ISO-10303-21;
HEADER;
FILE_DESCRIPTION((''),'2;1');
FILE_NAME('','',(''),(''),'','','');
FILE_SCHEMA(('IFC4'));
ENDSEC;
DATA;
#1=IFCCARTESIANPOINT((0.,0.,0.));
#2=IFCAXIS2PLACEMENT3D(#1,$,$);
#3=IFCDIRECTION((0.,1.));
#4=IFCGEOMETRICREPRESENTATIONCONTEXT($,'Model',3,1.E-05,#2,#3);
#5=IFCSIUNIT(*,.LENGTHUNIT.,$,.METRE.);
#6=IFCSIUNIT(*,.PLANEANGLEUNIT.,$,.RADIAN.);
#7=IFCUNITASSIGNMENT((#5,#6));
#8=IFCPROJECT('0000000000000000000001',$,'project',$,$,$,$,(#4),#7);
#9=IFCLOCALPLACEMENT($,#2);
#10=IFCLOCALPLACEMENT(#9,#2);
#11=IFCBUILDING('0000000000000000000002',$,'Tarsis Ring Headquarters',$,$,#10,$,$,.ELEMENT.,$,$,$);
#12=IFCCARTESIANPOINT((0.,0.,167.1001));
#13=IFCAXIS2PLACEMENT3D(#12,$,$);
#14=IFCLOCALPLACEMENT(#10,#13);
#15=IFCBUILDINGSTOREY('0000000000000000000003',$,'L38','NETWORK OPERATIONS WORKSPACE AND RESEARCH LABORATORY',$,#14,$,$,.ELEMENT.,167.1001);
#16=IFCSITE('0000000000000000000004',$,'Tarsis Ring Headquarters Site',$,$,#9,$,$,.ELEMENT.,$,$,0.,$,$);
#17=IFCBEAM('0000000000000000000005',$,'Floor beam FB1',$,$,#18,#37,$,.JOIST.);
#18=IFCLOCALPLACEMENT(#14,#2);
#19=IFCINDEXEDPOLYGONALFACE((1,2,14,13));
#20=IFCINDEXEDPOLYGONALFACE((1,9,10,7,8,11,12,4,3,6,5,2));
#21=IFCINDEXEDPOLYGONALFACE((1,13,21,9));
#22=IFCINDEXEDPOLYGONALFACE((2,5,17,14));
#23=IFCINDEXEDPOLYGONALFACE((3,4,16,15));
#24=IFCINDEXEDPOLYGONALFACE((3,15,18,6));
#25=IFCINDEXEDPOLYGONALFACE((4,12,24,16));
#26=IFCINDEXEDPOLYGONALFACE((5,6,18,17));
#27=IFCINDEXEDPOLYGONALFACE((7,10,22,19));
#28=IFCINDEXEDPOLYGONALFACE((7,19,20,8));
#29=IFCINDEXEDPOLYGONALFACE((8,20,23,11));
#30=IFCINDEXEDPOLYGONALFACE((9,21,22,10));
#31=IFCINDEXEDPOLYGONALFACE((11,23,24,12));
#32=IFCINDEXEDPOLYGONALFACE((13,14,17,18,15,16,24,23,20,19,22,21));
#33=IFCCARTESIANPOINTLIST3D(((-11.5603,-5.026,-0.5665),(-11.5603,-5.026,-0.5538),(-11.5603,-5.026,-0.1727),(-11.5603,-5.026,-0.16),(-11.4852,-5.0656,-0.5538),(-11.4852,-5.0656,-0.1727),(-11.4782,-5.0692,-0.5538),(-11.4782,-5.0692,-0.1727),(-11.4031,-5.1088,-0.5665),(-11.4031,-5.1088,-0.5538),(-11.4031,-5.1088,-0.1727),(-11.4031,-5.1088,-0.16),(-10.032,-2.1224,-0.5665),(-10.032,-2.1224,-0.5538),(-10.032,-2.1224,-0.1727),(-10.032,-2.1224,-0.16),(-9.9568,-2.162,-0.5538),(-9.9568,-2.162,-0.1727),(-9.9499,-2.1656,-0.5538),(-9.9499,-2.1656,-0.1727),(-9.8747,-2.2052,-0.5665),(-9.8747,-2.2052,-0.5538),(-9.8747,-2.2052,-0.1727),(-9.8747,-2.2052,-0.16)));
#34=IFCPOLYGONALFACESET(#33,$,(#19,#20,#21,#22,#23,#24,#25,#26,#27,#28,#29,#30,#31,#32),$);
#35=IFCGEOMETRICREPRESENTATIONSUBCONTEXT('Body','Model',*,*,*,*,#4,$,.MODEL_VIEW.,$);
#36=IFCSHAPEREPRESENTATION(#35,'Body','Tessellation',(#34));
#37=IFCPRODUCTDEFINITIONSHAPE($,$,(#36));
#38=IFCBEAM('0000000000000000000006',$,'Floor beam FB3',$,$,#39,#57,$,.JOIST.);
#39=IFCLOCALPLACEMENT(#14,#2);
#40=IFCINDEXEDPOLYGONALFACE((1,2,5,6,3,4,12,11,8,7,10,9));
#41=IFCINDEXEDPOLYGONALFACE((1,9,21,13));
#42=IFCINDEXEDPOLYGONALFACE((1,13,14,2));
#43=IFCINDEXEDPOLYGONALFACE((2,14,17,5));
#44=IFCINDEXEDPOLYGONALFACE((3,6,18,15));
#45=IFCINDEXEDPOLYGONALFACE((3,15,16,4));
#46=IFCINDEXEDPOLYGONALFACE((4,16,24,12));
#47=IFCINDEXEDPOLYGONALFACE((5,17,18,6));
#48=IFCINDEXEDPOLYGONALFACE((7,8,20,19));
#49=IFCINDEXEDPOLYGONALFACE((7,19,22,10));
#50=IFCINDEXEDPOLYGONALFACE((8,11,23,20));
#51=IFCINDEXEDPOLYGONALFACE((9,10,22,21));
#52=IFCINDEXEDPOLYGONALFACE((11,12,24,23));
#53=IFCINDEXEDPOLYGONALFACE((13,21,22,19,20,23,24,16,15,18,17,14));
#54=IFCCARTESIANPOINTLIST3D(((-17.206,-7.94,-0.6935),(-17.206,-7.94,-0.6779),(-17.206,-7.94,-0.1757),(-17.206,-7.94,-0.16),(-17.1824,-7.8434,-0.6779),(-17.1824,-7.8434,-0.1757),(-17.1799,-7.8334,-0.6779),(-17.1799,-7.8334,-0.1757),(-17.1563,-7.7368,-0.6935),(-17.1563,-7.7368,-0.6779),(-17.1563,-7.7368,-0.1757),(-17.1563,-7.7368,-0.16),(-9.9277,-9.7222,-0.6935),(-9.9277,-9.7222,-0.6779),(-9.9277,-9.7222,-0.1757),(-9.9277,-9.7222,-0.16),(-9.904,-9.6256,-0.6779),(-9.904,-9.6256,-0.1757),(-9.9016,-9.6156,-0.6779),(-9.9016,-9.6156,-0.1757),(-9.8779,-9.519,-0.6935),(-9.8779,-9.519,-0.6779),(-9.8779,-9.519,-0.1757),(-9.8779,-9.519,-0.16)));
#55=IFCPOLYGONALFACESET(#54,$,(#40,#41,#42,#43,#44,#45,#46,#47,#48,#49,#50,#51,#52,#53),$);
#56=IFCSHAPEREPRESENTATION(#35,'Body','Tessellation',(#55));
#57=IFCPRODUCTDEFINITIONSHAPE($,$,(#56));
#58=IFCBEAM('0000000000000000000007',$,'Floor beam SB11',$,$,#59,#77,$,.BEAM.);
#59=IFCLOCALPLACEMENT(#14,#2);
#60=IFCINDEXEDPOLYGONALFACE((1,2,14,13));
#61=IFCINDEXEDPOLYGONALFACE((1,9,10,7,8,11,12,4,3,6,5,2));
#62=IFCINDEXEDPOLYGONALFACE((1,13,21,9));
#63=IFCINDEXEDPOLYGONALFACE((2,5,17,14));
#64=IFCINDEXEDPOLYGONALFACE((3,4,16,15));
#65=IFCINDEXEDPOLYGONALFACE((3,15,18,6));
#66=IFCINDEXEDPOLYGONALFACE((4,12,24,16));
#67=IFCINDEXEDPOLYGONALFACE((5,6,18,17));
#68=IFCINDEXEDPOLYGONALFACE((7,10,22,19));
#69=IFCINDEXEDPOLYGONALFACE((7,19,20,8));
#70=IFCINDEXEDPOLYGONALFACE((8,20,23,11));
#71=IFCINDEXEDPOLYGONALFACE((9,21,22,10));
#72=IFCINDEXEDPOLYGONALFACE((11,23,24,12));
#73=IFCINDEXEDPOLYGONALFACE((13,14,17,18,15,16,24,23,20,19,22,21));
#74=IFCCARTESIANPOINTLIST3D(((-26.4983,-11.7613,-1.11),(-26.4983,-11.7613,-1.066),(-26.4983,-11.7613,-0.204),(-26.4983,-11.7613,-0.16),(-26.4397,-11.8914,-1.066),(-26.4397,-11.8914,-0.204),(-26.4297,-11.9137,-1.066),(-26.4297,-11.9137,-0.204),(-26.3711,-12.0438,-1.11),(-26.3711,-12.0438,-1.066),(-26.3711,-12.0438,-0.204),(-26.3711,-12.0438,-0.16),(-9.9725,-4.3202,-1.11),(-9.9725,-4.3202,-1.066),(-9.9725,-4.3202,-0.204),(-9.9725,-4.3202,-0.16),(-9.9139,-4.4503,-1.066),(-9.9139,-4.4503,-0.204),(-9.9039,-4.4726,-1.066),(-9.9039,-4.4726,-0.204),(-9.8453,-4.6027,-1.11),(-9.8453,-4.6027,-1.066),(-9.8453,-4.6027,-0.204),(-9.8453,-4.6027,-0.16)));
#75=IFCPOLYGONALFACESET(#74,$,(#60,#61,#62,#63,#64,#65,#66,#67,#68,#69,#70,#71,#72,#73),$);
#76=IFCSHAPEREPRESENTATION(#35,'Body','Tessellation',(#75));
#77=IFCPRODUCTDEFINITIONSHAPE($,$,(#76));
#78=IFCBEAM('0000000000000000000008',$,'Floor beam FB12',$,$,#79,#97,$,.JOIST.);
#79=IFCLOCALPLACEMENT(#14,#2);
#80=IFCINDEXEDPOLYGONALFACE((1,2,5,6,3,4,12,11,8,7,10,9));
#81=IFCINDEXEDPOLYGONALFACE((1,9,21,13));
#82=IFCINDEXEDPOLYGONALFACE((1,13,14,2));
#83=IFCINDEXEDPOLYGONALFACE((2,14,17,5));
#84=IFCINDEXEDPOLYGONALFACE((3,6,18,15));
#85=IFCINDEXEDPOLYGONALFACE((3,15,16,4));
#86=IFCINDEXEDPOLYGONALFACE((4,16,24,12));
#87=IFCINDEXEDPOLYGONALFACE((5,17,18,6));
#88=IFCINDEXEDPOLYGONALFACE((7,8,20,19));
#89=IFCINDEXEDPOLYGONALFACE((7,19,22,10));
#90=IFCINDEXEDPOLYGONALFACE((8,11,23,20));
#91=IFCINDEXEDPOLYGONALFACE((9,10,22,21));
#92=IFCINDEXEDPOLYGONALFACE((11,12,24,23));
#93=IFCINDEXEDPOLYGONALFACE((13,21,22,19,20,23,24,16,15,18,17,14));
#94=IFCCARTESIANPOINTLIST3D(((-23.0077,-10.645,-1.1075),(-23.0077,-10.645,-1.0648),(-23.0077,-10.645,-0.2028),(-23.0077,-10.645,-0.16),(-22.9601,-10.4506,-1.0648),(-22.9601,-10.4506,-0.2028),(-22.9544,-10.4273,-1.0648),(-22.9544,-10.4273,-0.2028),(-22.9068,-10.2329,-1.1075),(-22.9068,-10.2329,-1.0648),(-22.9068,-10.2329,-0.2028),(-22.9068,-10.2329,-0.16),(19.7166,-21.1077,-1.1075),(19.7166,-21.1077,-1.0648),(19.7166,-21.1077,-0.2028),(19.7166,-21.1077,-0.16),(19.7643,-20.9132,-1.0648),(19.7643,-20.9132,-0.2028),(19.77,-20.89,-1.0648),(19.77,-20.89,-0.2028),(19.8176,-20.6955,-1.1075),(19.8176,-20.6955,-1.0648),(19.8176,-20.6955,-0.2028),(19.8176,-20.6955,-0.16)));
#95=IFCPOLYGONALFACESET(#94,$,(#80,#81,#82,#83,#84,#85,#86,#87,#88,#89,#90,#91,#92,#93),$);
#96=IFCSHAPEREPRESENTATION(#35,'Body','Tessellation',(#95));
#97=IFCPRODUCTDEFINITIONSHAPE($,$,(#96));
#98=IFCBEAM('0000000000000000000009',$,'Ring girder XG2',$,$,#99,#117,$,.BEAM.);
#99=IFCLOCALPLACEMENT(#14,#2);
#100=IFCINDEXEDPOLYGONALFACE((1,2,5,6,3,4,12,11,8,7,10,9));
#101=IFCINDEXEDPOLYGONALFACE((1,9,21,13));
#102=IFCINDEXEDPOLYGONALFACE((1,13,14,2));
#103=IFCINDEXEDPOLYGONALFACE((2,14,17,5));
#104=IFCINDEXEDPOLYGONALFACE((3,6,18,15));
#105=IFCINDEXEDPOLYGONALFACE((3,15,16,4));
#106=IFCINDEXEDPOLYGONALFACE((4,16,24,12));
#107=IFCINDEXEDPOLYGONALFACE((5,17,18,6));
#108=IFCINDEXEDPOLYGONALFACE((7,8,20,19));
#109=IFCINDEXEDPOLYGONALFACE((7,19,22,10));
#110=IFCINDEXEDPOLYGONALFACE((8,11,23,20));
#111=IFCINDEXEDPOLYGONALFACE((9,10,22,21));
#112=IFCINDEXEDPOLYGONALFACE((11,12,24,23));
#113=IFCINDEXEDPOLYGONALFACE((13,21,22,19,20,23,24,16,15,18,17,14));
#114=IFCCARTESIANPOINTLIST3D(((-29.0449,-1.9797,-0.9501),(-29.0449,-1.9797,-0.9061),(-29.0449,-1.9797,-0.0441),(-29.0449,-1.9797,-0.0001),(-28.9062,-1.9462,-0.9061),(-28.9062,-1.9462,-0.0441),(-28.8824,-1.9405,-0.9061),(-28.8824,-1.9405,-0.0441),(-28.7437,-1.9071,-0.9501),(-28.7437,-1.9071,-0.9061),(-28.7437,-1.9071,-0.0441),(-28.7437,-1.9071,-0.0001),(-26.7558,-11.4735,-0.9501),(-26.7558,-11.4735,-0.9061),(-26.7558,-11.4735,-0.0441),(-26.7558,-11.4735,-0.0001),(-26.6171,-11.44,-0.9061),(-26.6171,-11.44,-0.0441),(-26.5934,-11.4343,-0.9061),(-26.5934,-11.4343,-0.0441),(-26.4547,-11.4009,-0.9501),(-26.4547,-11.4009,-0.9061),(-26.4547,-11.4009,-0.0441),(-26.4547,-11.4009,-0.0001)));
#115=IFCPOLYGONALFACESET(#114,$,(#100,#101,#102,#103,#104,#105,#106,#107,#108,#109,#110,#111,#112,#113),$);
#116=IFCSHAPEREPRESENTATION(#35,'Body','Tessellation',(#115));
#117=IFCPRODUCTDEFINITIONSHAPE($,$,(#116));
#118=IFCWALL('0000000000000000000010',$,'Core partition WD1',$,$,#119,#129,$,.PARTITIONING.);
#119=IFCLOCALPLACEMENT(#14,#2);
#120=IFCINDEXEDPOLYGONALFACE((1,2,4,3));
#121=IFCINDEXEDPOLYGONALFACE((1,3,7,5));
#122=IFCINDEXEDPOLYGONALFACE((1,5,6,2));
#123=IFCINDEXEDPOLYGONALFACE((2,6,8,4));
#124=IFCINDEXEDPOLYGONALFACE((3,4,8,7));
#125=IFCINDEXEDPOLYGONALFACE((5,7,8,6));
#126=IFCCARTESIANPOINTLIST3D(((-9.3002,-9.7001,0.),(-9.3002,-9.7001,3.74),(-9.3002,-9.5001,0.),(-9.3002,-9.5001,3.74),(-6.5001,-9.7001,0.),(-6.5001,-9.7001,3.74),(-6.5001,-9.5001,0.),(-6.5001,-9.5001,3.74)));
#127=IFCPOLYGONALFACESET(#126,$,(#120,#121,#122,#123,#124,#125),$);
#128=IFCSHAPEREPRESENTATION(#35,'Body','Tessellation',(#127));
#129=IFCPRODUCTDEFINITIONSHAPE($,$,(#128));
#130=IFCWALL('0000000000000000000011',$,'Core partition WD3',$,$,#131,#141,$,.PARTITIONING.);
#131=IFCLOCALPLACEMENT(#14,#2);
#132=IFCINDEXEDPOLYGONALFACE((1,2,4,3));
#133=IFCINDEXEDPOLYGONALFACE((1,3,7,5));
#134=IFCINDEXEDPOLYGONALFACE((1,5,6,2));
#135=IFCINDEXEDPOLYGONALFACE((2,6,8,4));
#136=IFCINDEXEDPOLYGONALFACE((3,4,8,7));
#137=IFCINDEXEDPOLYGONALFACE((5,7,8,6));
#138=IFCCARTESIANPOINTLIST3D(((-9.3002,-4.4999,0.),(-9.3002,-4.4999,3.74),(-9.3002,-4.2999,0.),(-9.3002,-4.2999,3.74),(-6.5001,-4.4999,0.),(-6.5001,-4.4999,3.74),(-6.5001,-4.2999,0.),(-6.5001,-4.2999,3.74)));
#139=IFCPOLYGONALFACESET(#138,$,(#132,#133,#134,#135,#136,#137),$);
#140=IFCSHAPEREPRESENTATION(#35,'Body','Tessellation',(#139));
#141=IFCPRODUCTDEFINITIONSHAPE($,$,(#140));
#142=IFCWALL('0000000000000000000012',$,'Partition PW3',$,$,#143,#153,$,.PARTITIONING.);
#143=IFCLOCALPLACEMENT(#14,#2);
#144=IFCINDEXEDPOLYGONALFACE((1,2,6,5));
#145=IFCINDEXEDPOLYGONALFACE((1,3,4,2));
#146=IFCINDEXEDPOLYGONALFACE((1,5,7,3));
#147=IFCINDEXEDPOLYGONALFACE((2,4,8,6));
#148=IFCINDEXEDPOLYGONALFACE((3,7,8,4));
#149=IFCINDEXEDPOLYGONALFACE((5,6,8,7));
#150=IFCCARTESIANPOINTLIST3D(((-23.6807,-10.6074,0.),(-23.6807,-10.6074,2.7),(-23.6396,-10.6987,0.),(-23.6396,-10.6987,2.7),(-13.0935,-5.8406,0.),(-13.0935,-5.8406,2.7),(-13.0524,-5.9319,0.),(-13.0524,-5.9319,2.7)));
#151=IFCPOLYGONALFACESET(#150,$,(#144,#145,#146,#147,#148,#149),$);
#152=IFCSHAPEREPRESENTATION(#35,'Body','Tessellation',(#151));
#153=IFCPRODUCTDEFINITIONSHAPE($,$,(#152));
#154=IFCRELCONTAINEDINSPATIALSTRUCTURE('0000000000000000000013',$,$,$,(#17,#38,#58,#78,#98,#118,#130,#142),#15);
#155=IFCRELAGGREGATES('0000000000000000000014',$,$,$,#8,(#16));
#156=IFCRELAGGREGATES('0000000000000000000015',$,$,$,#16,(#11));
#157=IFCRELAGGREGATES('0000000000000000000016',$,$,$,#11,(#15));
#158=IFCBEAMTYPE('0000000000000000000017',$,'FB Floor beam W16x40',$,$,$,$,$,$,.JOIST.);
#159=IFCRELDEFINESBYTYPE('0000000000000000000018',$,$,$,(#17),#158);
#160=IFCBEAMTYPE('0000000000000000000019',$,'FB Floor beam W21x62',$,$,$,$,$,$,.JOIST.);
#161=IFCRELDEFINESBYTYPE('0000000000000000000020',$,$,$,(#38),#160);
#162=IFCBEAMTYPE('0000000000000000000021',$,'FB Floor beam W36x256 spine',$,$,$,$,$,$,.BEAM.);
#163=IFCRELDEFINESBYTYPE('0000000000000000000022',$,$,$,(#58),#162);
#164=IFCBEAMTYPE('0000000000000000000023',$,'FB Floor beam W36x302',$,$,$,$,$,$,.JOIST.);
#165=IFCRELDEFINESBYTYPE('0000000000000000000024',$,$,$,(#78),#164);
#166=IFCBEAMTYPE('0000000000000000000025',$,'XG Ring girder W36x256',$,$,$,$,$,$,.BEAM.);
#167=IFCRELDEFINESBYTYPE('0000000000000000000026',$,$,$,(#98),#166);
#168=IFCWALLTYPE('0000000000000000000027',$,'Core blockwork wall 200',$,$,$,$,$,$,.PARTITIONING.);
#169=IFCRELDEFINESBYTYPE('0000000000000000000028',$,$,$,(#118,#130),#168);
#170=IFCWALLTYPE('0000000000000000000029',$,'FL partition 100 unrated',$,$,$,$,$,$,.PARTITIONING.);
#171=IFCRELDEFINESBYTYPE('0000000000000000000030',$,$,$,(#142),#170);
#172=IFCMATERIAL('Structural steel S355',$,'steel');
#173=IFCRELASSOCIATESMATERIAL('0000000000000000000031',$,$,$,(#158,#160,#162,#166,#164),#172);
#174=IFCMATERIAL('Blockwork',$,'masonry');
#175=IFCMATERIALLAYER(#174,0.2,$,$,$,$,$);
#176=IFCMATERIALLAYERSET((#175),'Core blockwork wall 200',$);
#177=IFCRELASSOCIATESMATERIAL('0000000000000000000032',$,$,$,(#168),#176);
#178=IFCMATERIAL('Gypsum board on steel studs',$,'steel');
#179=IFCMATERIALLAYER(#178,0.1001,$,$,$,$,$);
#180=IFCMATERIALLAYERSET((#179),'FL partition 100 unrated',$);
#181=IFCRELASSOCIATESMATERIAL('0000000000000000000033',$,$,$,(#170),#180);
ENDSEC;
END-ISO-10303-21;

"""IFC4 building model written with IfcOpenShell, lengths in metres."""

from ifc_helpers import new_model, si_unit, direction, frame, frame_2d, origin, origin_2d, place, context, subcontext, project, spatial, rectangle, i_section, extrude, material, layer, layer_set, material_profile, profile_set, type_object, element, save


model = new_model("IFC4")

# Units and contexts
model_context = context("Model", 3, precision=1e-05, world=origin(), true_north=direction((0.0, 1.0)))
body_context = subcontext(model_context, "Body", "Model", "MODEL_VIEW")
ifc_project = project(units=[si_unit("LENGTHUNIT", "METRE"), si_unit("PLANEANGLEUNIT", "RADIAN")], contexts=[model_context])

# Site, building, storey
site_placement = place(None, origin())
site = spatial("IfcSite", under=ifc_project, at=site_placement, Name="Tarsis Ring Headquarters Site", CompositionType="ELEMENT", RefElevation=0.0)
building_placement = place(site_placement, origin())
building = spatial("IfcBuilding", under=site, at=building_placement, Name="Tarsis Ring Headquarters", CompositionType="ELEMENT")
storey_placement = place(building_placement, frame((0.0, 0.0, 167.1001)))
storey = spatial("IfcBuildingStorey", under=building, at=storey_placement, Name="L38", Description="NETWORK OPERATIONS WORKSPACE AND RESEARCH LABORATORY", CompositionType="ELEMENT", Elevation=167.1001)

# Shared definitions
ifc_material_1 = material(Name="Structural steel S355", Category="steel")

# Beams
ifc_material_profile_1 = material_profile(ifc_material_1, i_section(OverallWidth=0.1777, OverallDepth=0.4065, WebThickness=0.0078, FlangeThickness=0.0127, at=origin_2d()), Name="W16x40")
ifc_profile_set_1 = profile_set([ifc_material_profile_1], Name="Structural steel S355")
beam_type_1 = type_object("IfcBeamType", Name="FB Floor beam W16x40", PredefinedType="JOIST", material=ifc_profile_set_1)
beam_1_placement = place(storey_placement, frame((-9.9534, -2.1638, -0.3633), z_axis=(-0.465777, -0.884902, 0.0), x_axis=(0.884902, -0.465777, 0.0)))
element("IfcBeam", 1, at=beam_1_placement, inside=storey, type_object=beam_type_1, Name="Floor beam FB1", PredefinedType="JOIST", context=body_context, shape_type="SweptSolid", body=[
    extrude(i_section(OverallWidth=0.1777, OverallDepth=0.4065, WebThickness=0.0078, FlangeThickness=0.0127, at=origin_2d()), origin(), (0.0, 0.0, 1.0), 3.2812),
])
ifc_material_profile_2 = material_profile(ifc_material_1, i_section(OverallWidth=0.2092, OverallDepth=0.5334, WebThickness=0.0103, FlangeThickness=0.0156, at=origin_2d()), Name="W21x62")
ifc_profile_set_2 = profile_set([ifc_material_profile_2], Name="Structural steel S355")
beam_type_2 = type_object("IfcBeamType", Name="FB Floor beam W21x62", PredefinedType="JOIST", material=ifc_profile_set_2)
beam_2_placement = place(storey_placement, frame((-17.1812, -7.8384, -0.4268), z_axis=(0.971304, -0.237841, 0.0), x_axis=(0.237841, 0.971304, 0.0)))
element("IfcBeam", 2, at=beam_2_placement, inside=storey, type_object=beam_type_2, Name="Floor beam FB3", PredefinedType="JOIST", context=body_context, shape_type="SweptSolid", body=[
    extrude(i_section(OverallWidth=0.2092, OverallDepth=0.5334, WebThickness=0.0103, FlangeThickness=0.0156, at=origin_2d()), origin(), (0.0, 0.0, 1.0), 7.4934),
])
ifc_material_profile_3 = material_profile(ifc_material_1, i_section(OverallWidth=0.3098, OverallDepth=0.95, WebThickness=0.0244, FlangeThickness=0.0439, at=origin_2d()), Name="W36x256")
ifc_profile_set_3 = profile_set([ifc_material_profile_3], Name="Structural steel S355")
beam_type_3 = type_object("IfcBeamType", Name="FB Floor beam W36x256 spine", PredefinedType="BEAM", material=ifc_profile_set_3)
beam_3_placement = place(storey_placement, frame((-9.9089, -4.4614, -0.635), z_axis=(-0.911828, -0.410572, 0.0), x_axis=(0.410572, -0.911828, 0.0)))
element("IfcBeam", 3, at=beam_3_placement, inside=storey, type_object=beam_type_3, Name="Floor beam SB11", PredefinedType="BEAM", context=body_context, shape_type="SweptSolid", body=[
    extrude(i_section(OverallWidth=0.3098, OverallDepth=0.95, WebThickness=0.0244, FlangeThickness=0.0439, at=origin_2d()), origin(), (0.0, 0.0, 1.0), 18.1238),
])
ifc_material_profile_4 = material_profile(ifc_material_1, i_section(OverallWidth=0.4243, OverallDepth=0.9475, WebThickness=0.0239, FlangeThickness=0.0427, at=origin_2d()), Name="W36x302")
ifc_profile_set_4 = profile_set([ifc_material_profile_4], Name="Structural steel S355")
beam_type_4 = type_object("IfcBeamType", Name="FB Floor beam W36x302", PredefinedType="JOIST", material=ifc_profile_set_4)
beam_4_placement = place(storey_placement, frame((-22.9573, -10.439, -0.6338), z_axis=(0.9713, -0.237859, 0.0), x_axis=(0.237859, 0.9713, 0.0)))
element("IfcBeam", 4, at=beam_4_placement, inside=storey, type_object=beam_type_4, Name="Floor beam FB12", PredefinedType="JOIST", context=body_context, shape_type="SweptSolid", body=[
    extrude(i_section(OverallWidth=0.4243, OverallDepth=0.9475, WebThickness=0.0239, FlangeThickness=0.0427, at=origin_2d()), origin(), (0.0, 0.0, 1.0), 43.9868),
])
beam_type_5 = type_object("IfcBeamType", Name="XG Ring girder W36x256", PredefinedType="BEAM", material=ifc_profile_set_3)
beam_5_placement = place(storey_placement, frame((-28.8943, -1.9434, -0.4751), z_axis=(0.234392, -0.972142, 0.0), x_axis=(0.972142, 0.234392, 0.0)))
element("IfcBeam", 5, at=beam_5_placement, inside=storey, type_object=beam_type_5, Name="Ring girder XG2", PredefinedType="BEAM", context=body_context, shape_type="SweptSolid", body=[
    extrude(i_section(OverallWidth=0.3098, OverallDepth=0.95, WebThickness=0.0244, FlangeThickness=0.0439, at=origin_2d()), origin(), (0.0, 0.0, 1.0), 9.7659),
])

# Walls
ifc_material_2 = material(Name="Blockwork", Category="masonry")
ifc_layer_1 = layer(ifc_material_2, 0.2)
ifc_layer_set_1 = layer_set([ifc_layer_1], Name="Core blockwork wall 200")
wall_type_1 = type_object("IfcWallType", Name="Core blockwork wall 200", PredefinedType="PARTITIONING", material=ifc_layer_set_1)
for number, where, z_axis, x_axis, name in (
    (6, (-9.3, -9.6001, 0.0), (0.0, 0.0, 1.0), (1.0, 0.0, 0.0), "Core partition WD1"),
    (7, (-9.3, -4.3999, 0.0), (0.0, 0.0, 1.0), (1.0, 0.0, 0.0), "Core partition WD3"),
):
    element("IfcWall", number, at=place(storey_placement, frame(where, z_axis=z_axis, x_axis=x_axis)), inside=storey, type_object=wall_type_1, Name=name, PredefinedType="PARTITIONING", context=body_context, shape_type="SweptSolid", body=[
        extrude(rectangle(XDim=2.8, YDim=0.2, at=frame_2d((1.3999, 0.0))), origin(), (0.0, 0.0, 1.0), 3.74),
    ])
ifc_material_3 = material(Name="Gypsum board on steel studs", Category="steel")
ifc_layer_2 = layer(ifc_material_3, 0.1001)
ifc_layer_set_2 = layer_set([ifc_layer_2], Name="FL partition 100 unrated")
wall_type_2 = type_object("IfcWallType", Name="FL partition 100 unrated", PredefinedType="PARTITIONING", material=ifc_layer_set_2)
wall_1_placement = place(storey_placement, frame((-23.6602, -10.6531, 0.0), z_axis=(0.0, 0.0, 1.0), x_axis=(0.911837, 0.410553, 0.0)))
element("IfcWall", 8, at=wall_1_placement, inside=storey, type_object=wall_type_2, Name="Partition PW3", PredefinedType="PARTITIONING", context=body_context, shape_type="SweptSolid", body=[
    extrude(rectangle(XDim=11.6108, YDim=0.1001, at=frame_2d((5.8054, 0.0))), origin(), (0.0, 0.0, 1.0), 2.7),
])

save(model, "model.ifc")
